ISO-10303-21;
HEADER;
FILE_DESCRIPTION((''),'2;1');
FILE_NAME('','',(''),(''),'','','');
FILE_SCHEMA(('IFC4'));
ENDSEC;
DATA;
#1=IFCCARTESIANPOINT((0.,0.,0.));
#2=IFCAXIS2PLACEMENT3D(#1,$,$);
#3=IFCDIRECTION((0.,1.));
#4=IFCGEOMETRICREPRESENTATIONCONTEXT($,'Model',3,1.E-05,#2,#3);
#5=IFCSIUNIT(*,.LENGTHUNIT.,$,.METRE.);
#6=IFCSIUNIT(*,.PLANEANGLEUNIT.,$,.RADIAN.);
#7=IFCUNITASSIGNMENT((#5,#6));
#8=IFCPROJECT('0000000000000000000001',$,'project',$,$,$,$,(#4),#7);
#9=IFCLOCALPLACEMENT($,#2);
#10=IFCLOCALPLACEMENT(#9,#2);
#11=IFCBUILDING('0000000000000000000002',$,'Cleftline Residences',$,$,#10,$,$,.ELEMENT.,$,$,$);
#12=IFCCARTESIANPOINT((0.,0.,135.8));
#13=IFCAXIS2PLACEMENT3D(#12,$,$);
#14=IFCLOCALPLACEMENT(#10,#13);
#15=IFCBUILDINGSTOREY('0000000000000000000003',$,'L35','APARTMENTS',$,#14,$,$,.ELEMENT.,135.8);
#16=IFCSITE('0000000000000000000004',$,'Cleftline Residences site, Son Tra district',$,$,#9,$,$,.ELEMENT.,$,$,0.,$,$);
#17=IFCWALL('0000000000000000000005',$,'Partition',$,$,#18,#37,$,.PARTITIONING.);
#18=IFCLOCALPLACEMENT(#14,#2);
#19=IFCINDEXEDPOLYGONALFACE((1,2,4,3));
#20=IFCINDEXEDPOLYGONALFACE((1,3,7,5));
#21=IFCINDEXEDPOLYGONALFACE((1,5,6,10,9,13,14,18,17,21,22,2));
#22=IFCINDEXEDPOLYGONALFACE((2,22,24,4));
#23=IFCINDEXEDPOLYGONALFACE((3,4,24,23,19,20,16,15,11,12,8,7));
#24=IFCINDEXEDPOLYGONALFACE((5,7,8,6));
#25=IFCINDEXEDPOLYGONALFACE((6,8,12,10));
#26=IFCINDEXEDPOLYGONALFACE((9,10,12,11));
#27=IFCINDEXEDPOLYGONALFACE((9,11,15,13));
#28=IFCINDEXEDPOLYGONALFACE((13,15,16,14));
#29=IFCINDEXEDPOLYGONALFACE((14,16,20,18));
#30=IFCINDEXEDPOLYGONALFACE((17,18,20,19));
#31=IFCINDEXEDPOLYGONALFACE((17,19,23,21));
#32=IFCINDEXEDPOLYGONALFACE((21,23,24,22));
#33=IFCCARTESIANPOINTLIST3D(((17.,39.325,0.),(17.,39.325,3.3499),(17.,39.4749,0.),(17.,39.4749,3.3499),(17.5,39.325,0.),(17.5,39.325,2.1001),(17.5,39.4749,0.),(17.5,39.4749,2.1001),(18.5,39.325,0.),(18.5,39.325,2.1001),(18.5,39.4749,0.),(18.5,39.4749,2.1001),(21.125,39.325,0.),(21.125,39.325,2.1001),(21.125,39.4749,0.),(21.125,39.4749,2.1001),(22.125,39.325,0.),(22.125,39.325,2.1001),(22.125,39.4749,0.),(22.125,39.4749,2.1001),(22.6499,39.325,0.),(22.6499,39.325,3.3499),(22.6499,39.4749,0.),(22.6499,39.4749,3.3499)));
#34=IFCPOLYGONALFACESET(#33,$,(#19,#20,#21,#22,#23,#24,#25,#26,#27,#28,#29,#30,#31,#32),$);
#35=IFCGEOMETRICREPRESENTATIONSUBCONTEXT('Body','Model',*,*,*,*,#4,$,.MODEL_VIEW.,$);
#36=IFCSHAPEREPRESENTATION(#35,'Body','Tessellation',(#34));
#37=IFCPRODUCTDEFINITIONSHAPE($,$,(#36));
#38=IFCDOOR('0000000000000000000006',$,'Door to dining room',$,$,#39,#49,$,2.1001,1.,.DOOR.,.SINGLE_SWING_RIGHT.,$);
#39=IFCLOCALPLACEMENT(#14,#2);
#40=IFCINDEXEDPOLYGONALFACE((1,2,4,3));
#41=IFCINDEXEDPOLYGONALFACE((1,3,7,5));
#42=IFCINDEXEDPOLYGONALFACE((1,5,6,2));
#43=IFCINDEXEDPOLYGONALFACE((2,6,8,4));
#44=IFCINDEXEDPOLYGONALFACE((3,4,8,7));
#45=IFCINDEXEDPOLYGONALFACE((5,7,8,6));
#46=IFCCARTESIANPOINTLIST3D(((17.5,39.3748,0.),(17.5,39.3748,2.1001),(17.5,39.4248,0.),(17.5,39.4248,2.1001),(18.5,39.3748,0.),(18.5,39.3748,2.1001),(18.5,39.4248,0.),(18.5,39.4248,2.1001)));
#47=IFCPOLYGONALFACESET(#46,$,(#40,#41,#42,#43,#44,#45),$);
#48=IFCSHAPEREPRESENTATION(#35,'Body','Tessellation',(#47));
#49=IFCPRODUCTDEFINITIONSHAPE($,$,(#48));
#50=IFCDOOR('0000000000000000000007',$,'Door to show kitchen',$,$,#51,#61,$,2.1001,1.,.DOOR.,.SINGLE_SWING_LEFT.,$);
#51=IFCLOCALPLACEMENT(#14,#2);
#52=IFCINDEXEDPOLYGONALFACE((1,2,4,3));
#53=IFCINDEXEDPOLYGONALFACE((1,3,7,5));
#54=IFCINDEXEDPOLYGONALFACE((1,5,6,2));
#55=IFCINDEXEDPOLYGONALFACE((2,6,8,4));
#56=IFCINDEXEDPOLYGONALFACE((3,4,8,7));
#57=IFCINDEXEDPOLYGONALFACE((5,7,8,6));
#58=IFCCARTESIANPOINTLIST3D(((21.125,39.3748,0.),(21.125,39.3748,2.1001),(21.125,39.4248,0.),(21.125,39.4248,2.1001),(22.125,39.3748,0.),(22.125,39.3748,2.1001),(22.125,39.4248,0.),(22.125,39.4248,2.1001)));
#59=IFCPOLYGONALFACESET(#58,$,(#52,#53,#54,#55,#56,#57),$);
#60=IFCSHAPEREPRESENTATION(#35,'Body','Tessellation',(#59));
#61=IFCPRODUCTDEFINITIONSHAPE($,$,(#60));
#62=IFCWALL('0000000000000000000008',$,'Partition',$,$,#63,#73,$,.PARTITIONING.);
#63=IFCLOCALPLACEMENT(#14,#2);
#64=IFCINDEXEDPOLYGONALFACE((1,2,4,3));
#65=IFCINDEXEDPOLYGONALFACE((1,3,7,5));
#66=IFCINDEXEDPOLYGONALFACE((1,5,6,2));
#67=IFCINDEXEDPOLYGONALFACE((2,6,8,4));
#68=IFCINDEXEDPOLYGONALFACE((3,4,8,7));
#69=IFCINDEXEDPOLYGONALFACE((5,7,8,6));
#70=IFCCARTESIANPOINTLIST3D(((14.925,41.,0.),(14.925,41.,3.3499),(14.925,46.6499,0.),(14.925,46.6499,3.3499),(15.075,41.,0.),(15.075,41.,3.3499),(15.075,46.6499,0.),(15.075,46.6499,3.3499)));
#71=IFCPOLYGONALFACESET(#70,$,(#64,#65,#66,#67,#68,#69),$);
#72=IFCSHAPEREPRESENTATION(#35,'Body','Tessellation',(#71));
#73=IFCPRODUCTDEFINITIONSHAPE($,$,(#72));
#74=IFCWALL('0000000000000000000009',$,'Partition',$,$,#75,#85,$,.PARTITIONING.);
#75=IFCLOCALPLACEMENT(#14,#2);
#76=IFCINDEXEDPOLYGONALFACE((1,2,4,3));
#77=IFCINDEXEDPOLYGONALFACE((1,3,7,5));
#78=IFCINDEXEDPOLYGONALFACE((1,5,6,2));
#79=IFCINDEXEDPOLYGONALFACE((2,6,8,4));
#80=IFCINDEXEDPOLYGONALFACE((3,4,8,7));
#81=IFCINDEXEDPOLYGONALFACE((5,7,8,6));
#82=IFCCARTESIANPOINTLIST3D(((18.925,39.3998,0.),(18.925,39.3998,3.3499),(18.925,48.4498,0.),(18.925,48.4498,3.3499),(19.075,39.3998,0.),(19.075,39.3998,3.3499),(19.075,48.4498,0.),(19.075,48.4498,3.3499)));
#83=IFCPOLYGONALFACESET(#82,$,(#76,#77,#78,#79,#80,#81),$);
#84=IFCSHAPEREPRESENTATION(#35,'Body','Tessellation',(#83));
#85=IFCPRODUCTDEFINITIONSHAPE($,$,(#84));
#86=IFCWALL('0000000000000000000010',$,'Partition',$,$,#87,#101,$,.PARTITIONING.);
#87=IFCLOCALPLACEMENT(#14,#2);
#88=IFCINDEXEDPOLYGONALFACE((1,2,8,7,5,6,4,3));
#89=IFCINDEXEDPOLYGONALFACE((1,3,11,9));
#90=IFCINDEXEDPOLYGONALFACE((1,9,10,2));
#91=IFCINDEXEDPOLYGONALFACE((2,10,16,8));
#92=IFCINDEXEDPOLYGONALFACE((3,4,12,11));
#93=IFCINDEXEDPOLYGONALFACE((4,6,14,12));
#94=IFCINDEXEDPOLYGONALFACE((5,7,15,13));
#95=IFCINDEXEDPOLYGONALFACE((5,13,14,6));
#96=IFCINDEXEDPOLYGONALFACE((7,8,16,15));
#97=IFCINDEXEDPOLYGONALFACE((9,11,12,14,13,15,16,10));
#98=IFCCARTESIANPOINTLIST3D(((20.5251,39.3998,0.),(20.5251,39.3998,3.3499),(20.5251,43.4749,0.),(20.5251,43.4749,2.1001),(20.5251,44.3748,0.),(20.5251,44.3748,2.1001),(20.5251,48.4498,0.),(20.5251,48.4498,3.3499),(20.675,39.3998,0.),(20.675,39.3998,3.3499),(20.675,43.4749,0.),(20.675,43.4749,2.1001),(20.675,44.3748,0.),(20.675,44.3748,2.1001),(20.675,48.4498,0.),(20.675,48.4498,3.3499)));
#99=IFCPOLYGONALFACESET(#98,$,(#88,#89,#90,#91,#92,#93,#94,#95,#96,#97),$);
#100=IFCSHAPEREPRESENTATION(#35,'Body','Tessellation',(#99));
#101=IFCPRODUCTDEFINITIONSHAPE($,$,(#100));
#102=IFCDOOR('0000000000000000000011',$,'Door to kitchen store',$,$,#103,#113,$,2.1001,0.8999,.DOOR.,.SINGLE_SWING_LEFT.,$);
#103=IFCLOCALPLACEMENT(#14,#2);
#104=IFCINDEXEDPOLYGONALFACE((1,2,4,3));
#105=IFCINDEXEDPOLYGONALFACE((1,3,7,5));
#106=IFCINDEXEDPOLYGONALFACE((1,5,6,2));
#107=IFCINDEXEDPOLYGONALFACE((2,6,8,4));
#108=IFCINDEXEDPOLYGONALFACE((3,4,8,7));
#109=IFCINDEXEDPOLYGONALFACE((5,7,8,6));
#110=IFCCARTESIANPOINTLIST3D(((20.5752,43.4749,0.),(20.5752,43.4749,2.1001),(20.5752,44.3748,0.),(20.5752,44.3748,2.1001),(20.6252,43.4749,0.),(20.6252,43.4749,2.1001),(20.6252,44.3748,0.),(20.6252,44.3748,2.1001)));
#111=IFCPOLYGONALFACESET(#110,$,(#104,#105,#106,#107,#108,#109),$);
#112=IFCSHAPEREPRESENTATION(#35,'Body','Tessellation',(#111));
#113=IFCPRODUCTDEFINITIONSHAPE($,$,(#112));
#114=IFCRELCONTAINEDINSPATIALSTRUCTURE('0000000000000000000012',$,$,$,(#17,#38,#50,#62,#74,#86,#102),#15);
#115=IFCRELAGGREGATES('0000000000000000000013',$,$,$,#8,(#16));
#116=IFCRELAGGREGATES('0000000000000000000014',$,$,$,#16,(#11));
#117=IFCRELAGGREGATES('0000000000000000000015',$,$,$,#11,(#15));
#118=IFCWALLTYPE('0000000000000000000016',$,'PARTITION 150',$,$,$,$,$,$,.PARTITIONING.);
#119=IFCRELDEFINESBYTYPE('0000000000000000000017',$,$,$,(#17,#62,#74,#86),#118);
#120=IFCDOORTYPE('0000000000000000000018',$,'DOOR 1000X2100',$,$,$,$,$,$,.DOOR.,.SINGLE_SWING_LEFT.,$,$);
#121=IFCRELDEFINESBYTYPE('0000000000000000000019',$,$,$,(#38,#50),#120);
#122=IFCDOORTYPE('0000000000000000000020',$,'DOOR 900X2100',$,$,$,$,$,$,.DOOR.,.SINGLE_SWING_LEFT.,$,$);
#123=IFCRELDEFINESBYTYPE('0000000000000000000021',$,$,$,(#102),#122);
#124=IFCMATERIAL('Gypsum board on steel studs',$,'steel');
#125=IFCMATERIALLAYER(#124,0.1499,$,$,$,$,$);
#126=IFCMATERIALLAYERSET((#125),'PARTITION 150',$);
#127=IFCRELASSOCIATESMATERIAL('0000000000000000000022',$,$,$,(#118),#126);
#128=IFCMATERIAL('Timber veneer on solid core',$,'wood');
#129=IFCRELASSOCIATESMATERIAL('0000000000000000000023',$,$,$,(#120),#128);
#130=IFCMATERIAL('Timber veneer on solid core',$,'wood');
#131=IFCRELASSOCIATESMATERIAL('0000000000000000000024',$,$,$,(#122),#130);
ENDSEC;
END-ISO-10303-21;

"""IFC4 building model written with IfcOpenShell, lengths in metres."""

from ifc_helpers import new_model, si_unit, direction, frame, frame_2d, origin, place, context, subcontext, project, spatial, rectangle, extrude, material, layer, layer_set, type_object, element, fill, save


model = new_model("IFC4")

# Units and contexts
model_context = context("Model", 3, precision=1e-05, world=origin(), true_north=direction((0.0, 1.0)))
body_context = subcontext(model_context, "Body", "Model", "MODEL_VIEW")
ifc_project = project(units=[si_unit("LENGTHUNIT", "METRE"), si_unit("PLANEANGLEUNIT", "RADIAN")], contexts=[model_context])

# Site, building, storey
site_placement = place(None, origin())
site = spatial("IfcSite", under=ifc_project, at=site_placement, Name="Cleftline Residences site, Son Tra district", CompositionType="ELEMENT", RefElevation=0.0)
building_placement = place(site_placement, origin())
building = spatial("IfcBuilding", under=site, at=building_placement, Name="Cleftline Residences", CompositionType="ELEMENT")
storey_placement = place(building_placement, frame((0.0, 0.0, 135.8)))
storey = spatial("IfcBuildingStorey", under=building, at=storey_placement, Name="L35", Description="APARTMENTS", CompositionType="ELEMENT", Elevation=135.8)

# Shared definitions
ifc_material_1 = material(Name="Gypsum board on steel studs", Category="steel")
ifc_layer_1 = layer(ifc_material_1, 0.1499)
ifc_layer_set_1 = layer_set([ifc_layer_1], Name="PARTITION 150")
wall_type = type_object("IfcWallType", Name="PARTITION 150", PredefinedType="PARTITIONING", material=ifc_layer_set_1)

# Shared definitions
ifc_material_2 = material(Name="Timber veneer on solid core", Category="wood")
door_type_1 = type_object("IfcDoorType", Name="DOOR 1000X2100", OperationType="SINGLE_SWING_LEFT", PredefinedType="DOOR", material=ifc_material_2)

# Wall, openings, doors
wall_1_placement = place(storey_placement, frame((17.0, 39.3999, 0.0), z_axis=(0.0, 0.0, 1.0), x_axis=(1.0, 0.0, 0.0)))
wall_1 = element("IfcWall", 1, at=wall_1_placement, inside=storey, type_object=wall_type, Name="Partition", PredefinedType="PARTITIONING", context=body_context, shape_type="SweptSolid", body=[
    extrude(rectangle(XDim=5.6499, YDim=0.1499, at=frame_2d((2.825, 0.0))), origin(), (0.0, 0.0, 1.0), 3.3499),
])
opening_1_placement = place(wall_1_placement, frame((0.5, 0.0, 0.0)))
opening_1 = element("IfcOpeningElement", 2, at=opening_1_placement, cuts=wall_1, PredefinedType="OPENING", context=body_context, shape_type="SweptSolid", body=[
    extrude(rectangle(XDim=1.0, YDim=2.1001, at=frame_2d((0.5, 1.05))), frame((0.0, 0.085, 0.0), z_axis=(0.0, -1.0, 0.0), x_axis=(1.0, 0.0, 0.0)), (0.0, 0.0, 1.0), 0.1699),
])
opening_2_placement = place(wall_1_placement, frame((4.125, 0.0, 0.0)))
opening_2 = element("IfcOpeningElement", 3, at=opening_2_placement, cuts=wall_1, PredefinedType="OPENING", context=body_context, shape_type="SweptSolid", body=[
    extrude(rectangle(XDim=1.0, YDim=2.1001, at=frame_2d((0.5, 1.05))), frame((0.0, 0.085, 0.0), z_axis=(0.0, -1.0, 0.0), x_axis=(1.0, 0.0, 0.0)), (0.0, 0.0, 1.0), 0.1699),
])
door_1_placement = place(opening_1_placement, origin())
door_1 = element("IfcDoor", 4, at=door_1_placement, inside=storey, type_object=door_type_1, Name="Door to dining room", OperationType="SINGLE_SWING_RIGHT", OverallHeight=2.1001, OverallWidth=1.0, PredefinedType="DOOR", context=body_context, shape_type="SweptSolid", body=[
    extrude(rectangle(XDim=1.0, YDim=2.1001, at=frame_2d((0.5, 1.05))), frame((0.0, 0.0249, 0.0), z_axis=(0.0, -1.0, 0.0), x_axis=(1.0, 0.0, 0.0)), (0.0, 0.0, 1.0), 0.05),
])
fill(opening_1, door_1)
door_2_placement = place(opening_2_placement, origin())
door_2 = element("IfcDoor", 5, at=door_2_placement, inside=storey, type_object=door_type_1, Name="Door to show kitchen", OperationType="SINGLE_SWING_LEFT", OverallHeight=2.1001, OverallWidth=1.0, PredefinedType="DOOR", context=body_context, shape_type="SweptSolid", body=[
    extrude(rectangle(XDim=1.0, YDim=2.1001, at=frame_2d((0.5, 1.05))), frame((0.0, 0.0249, 0.0), z_axis=(0.0, -1.0, 0.0), x_axis=(1.0, 0.0, 0.0)), (0.0, 0.0, 1.0), 0.05),
])
fill(opening_2, door_2)

# Walls
wall_2_placement = place(storey_placement, frame((15.0, 41.0, 0.0), z_axis=(0.0, 0.0, 1.0), x_axis=(0.0, 1.0, 0.0)))
element("IfcWall", 6, at=wall_2_placement, inside=storey, type_object=wall_type, Name="Partition", PredefinedType="PARTITIONING", context=body_context, shape_type="SweptSolid", body=[
    extrude(rectangle(XDim=5.6499, YDim=0.1499, at=frame_2d((2.825, 0.0))), origin(), (0.0, 0.0, 1.0), 3.3499),
])
wall_3_placement = place(storey_placement, frame((19.0, 39.3999, 0.0), z_axis=(0.0, 0.0, 1.0), x_axis=(0.0, 1.0, 0.0)))
element("IfcWall", 7, at=wall_3_placement, inside=storey, type_object=wall_type, Name="Partition", PredefinedType="PARTITIONING", context=body_context, shape_type="SweptSolid", body=[
    extrude(rectangle(XDim=9.05, YDim=0.1499, at=frame_2d((4.5249, 0.0))), origin(), (0.0, 0.0, 1.0), 3.3499),
])

# Wall, opening, door
wall_4_placement = place(storey_placement, frame((20.6001, 39.3999, 0.0), z_axis=(0.0, 0.0, 1.0), x_axis=(0.0, 1.0, 0.0)))
wall_4 = element("IfcWall", 8, at=wall_4_placement, inside=storey, type_object=wall_type, Name="Partition", PredefinedType="PARTITIONING", context=body_context, shape_type="SweptSolid", body=[
    extrude(rectangle(XDim=9.05, YDim=0.1499, at=frame_2d((4.5249, 0.0))), origin(), (0.0, 0.0, 1.0), 3.3499),
])
opening_3_placement = place(wall_4_placement, frame((4.075, 0.0, 0.0)))
opening_3 = element("IfcOpeningElement", 9, at=opening_3_placement, cuts=wall_4, PredefinedType="OPENING", context=body_context, shape_type="SweptSolid", body=[
    extrude(rectangle(XDim=0.8999, YDim=2.1001, at=frame_2d((0.45, 1.05))), frame((0.0, 0.085, 0.0), z_axis=(0.0, -1.0, 0.0), x_axis=(1.0, 0.0, 0.0)), (0.0, 0.0, 1.0), 0.1699),
])
ifc_material_3 = material(Name="Timber veneer on solid core", Category="wood")
door_type_2 = type_object("IfcDoorType", Name="DOOR 900X2100", OperationType="SINGLE_SWING_LEFT", PredefinedType="DOOR", material=ifc_material_3)
door_3_placement = place(opening_3_placement, origin())
door_3 = element("IfcDoor", 10, at=door_3_placement, inside=storey, type_object=door_type_2, Name="Door to kitchen store", OperationType="SINGLE_SWING_LEFT", OverallHeight=2.1001, OverallWidth=0.8999, PredefinedType="DOOR", context=body_context, shape_type="SweptSolid", body=[
    extrude(rectangle(XDim=0.8999, YDim=2.1001, at=frame_2d((0.45, 1.05))), frame((0.0, 0.0249, 0.0), z_axis=(0.0, -1.0, 0.0), x_axis=(1.0, 0.0, 0.0)), (0.0, 0.0, 1.0), 0.05),
])
fill(opening_3, door_3)

save(model, "model.ifc")
